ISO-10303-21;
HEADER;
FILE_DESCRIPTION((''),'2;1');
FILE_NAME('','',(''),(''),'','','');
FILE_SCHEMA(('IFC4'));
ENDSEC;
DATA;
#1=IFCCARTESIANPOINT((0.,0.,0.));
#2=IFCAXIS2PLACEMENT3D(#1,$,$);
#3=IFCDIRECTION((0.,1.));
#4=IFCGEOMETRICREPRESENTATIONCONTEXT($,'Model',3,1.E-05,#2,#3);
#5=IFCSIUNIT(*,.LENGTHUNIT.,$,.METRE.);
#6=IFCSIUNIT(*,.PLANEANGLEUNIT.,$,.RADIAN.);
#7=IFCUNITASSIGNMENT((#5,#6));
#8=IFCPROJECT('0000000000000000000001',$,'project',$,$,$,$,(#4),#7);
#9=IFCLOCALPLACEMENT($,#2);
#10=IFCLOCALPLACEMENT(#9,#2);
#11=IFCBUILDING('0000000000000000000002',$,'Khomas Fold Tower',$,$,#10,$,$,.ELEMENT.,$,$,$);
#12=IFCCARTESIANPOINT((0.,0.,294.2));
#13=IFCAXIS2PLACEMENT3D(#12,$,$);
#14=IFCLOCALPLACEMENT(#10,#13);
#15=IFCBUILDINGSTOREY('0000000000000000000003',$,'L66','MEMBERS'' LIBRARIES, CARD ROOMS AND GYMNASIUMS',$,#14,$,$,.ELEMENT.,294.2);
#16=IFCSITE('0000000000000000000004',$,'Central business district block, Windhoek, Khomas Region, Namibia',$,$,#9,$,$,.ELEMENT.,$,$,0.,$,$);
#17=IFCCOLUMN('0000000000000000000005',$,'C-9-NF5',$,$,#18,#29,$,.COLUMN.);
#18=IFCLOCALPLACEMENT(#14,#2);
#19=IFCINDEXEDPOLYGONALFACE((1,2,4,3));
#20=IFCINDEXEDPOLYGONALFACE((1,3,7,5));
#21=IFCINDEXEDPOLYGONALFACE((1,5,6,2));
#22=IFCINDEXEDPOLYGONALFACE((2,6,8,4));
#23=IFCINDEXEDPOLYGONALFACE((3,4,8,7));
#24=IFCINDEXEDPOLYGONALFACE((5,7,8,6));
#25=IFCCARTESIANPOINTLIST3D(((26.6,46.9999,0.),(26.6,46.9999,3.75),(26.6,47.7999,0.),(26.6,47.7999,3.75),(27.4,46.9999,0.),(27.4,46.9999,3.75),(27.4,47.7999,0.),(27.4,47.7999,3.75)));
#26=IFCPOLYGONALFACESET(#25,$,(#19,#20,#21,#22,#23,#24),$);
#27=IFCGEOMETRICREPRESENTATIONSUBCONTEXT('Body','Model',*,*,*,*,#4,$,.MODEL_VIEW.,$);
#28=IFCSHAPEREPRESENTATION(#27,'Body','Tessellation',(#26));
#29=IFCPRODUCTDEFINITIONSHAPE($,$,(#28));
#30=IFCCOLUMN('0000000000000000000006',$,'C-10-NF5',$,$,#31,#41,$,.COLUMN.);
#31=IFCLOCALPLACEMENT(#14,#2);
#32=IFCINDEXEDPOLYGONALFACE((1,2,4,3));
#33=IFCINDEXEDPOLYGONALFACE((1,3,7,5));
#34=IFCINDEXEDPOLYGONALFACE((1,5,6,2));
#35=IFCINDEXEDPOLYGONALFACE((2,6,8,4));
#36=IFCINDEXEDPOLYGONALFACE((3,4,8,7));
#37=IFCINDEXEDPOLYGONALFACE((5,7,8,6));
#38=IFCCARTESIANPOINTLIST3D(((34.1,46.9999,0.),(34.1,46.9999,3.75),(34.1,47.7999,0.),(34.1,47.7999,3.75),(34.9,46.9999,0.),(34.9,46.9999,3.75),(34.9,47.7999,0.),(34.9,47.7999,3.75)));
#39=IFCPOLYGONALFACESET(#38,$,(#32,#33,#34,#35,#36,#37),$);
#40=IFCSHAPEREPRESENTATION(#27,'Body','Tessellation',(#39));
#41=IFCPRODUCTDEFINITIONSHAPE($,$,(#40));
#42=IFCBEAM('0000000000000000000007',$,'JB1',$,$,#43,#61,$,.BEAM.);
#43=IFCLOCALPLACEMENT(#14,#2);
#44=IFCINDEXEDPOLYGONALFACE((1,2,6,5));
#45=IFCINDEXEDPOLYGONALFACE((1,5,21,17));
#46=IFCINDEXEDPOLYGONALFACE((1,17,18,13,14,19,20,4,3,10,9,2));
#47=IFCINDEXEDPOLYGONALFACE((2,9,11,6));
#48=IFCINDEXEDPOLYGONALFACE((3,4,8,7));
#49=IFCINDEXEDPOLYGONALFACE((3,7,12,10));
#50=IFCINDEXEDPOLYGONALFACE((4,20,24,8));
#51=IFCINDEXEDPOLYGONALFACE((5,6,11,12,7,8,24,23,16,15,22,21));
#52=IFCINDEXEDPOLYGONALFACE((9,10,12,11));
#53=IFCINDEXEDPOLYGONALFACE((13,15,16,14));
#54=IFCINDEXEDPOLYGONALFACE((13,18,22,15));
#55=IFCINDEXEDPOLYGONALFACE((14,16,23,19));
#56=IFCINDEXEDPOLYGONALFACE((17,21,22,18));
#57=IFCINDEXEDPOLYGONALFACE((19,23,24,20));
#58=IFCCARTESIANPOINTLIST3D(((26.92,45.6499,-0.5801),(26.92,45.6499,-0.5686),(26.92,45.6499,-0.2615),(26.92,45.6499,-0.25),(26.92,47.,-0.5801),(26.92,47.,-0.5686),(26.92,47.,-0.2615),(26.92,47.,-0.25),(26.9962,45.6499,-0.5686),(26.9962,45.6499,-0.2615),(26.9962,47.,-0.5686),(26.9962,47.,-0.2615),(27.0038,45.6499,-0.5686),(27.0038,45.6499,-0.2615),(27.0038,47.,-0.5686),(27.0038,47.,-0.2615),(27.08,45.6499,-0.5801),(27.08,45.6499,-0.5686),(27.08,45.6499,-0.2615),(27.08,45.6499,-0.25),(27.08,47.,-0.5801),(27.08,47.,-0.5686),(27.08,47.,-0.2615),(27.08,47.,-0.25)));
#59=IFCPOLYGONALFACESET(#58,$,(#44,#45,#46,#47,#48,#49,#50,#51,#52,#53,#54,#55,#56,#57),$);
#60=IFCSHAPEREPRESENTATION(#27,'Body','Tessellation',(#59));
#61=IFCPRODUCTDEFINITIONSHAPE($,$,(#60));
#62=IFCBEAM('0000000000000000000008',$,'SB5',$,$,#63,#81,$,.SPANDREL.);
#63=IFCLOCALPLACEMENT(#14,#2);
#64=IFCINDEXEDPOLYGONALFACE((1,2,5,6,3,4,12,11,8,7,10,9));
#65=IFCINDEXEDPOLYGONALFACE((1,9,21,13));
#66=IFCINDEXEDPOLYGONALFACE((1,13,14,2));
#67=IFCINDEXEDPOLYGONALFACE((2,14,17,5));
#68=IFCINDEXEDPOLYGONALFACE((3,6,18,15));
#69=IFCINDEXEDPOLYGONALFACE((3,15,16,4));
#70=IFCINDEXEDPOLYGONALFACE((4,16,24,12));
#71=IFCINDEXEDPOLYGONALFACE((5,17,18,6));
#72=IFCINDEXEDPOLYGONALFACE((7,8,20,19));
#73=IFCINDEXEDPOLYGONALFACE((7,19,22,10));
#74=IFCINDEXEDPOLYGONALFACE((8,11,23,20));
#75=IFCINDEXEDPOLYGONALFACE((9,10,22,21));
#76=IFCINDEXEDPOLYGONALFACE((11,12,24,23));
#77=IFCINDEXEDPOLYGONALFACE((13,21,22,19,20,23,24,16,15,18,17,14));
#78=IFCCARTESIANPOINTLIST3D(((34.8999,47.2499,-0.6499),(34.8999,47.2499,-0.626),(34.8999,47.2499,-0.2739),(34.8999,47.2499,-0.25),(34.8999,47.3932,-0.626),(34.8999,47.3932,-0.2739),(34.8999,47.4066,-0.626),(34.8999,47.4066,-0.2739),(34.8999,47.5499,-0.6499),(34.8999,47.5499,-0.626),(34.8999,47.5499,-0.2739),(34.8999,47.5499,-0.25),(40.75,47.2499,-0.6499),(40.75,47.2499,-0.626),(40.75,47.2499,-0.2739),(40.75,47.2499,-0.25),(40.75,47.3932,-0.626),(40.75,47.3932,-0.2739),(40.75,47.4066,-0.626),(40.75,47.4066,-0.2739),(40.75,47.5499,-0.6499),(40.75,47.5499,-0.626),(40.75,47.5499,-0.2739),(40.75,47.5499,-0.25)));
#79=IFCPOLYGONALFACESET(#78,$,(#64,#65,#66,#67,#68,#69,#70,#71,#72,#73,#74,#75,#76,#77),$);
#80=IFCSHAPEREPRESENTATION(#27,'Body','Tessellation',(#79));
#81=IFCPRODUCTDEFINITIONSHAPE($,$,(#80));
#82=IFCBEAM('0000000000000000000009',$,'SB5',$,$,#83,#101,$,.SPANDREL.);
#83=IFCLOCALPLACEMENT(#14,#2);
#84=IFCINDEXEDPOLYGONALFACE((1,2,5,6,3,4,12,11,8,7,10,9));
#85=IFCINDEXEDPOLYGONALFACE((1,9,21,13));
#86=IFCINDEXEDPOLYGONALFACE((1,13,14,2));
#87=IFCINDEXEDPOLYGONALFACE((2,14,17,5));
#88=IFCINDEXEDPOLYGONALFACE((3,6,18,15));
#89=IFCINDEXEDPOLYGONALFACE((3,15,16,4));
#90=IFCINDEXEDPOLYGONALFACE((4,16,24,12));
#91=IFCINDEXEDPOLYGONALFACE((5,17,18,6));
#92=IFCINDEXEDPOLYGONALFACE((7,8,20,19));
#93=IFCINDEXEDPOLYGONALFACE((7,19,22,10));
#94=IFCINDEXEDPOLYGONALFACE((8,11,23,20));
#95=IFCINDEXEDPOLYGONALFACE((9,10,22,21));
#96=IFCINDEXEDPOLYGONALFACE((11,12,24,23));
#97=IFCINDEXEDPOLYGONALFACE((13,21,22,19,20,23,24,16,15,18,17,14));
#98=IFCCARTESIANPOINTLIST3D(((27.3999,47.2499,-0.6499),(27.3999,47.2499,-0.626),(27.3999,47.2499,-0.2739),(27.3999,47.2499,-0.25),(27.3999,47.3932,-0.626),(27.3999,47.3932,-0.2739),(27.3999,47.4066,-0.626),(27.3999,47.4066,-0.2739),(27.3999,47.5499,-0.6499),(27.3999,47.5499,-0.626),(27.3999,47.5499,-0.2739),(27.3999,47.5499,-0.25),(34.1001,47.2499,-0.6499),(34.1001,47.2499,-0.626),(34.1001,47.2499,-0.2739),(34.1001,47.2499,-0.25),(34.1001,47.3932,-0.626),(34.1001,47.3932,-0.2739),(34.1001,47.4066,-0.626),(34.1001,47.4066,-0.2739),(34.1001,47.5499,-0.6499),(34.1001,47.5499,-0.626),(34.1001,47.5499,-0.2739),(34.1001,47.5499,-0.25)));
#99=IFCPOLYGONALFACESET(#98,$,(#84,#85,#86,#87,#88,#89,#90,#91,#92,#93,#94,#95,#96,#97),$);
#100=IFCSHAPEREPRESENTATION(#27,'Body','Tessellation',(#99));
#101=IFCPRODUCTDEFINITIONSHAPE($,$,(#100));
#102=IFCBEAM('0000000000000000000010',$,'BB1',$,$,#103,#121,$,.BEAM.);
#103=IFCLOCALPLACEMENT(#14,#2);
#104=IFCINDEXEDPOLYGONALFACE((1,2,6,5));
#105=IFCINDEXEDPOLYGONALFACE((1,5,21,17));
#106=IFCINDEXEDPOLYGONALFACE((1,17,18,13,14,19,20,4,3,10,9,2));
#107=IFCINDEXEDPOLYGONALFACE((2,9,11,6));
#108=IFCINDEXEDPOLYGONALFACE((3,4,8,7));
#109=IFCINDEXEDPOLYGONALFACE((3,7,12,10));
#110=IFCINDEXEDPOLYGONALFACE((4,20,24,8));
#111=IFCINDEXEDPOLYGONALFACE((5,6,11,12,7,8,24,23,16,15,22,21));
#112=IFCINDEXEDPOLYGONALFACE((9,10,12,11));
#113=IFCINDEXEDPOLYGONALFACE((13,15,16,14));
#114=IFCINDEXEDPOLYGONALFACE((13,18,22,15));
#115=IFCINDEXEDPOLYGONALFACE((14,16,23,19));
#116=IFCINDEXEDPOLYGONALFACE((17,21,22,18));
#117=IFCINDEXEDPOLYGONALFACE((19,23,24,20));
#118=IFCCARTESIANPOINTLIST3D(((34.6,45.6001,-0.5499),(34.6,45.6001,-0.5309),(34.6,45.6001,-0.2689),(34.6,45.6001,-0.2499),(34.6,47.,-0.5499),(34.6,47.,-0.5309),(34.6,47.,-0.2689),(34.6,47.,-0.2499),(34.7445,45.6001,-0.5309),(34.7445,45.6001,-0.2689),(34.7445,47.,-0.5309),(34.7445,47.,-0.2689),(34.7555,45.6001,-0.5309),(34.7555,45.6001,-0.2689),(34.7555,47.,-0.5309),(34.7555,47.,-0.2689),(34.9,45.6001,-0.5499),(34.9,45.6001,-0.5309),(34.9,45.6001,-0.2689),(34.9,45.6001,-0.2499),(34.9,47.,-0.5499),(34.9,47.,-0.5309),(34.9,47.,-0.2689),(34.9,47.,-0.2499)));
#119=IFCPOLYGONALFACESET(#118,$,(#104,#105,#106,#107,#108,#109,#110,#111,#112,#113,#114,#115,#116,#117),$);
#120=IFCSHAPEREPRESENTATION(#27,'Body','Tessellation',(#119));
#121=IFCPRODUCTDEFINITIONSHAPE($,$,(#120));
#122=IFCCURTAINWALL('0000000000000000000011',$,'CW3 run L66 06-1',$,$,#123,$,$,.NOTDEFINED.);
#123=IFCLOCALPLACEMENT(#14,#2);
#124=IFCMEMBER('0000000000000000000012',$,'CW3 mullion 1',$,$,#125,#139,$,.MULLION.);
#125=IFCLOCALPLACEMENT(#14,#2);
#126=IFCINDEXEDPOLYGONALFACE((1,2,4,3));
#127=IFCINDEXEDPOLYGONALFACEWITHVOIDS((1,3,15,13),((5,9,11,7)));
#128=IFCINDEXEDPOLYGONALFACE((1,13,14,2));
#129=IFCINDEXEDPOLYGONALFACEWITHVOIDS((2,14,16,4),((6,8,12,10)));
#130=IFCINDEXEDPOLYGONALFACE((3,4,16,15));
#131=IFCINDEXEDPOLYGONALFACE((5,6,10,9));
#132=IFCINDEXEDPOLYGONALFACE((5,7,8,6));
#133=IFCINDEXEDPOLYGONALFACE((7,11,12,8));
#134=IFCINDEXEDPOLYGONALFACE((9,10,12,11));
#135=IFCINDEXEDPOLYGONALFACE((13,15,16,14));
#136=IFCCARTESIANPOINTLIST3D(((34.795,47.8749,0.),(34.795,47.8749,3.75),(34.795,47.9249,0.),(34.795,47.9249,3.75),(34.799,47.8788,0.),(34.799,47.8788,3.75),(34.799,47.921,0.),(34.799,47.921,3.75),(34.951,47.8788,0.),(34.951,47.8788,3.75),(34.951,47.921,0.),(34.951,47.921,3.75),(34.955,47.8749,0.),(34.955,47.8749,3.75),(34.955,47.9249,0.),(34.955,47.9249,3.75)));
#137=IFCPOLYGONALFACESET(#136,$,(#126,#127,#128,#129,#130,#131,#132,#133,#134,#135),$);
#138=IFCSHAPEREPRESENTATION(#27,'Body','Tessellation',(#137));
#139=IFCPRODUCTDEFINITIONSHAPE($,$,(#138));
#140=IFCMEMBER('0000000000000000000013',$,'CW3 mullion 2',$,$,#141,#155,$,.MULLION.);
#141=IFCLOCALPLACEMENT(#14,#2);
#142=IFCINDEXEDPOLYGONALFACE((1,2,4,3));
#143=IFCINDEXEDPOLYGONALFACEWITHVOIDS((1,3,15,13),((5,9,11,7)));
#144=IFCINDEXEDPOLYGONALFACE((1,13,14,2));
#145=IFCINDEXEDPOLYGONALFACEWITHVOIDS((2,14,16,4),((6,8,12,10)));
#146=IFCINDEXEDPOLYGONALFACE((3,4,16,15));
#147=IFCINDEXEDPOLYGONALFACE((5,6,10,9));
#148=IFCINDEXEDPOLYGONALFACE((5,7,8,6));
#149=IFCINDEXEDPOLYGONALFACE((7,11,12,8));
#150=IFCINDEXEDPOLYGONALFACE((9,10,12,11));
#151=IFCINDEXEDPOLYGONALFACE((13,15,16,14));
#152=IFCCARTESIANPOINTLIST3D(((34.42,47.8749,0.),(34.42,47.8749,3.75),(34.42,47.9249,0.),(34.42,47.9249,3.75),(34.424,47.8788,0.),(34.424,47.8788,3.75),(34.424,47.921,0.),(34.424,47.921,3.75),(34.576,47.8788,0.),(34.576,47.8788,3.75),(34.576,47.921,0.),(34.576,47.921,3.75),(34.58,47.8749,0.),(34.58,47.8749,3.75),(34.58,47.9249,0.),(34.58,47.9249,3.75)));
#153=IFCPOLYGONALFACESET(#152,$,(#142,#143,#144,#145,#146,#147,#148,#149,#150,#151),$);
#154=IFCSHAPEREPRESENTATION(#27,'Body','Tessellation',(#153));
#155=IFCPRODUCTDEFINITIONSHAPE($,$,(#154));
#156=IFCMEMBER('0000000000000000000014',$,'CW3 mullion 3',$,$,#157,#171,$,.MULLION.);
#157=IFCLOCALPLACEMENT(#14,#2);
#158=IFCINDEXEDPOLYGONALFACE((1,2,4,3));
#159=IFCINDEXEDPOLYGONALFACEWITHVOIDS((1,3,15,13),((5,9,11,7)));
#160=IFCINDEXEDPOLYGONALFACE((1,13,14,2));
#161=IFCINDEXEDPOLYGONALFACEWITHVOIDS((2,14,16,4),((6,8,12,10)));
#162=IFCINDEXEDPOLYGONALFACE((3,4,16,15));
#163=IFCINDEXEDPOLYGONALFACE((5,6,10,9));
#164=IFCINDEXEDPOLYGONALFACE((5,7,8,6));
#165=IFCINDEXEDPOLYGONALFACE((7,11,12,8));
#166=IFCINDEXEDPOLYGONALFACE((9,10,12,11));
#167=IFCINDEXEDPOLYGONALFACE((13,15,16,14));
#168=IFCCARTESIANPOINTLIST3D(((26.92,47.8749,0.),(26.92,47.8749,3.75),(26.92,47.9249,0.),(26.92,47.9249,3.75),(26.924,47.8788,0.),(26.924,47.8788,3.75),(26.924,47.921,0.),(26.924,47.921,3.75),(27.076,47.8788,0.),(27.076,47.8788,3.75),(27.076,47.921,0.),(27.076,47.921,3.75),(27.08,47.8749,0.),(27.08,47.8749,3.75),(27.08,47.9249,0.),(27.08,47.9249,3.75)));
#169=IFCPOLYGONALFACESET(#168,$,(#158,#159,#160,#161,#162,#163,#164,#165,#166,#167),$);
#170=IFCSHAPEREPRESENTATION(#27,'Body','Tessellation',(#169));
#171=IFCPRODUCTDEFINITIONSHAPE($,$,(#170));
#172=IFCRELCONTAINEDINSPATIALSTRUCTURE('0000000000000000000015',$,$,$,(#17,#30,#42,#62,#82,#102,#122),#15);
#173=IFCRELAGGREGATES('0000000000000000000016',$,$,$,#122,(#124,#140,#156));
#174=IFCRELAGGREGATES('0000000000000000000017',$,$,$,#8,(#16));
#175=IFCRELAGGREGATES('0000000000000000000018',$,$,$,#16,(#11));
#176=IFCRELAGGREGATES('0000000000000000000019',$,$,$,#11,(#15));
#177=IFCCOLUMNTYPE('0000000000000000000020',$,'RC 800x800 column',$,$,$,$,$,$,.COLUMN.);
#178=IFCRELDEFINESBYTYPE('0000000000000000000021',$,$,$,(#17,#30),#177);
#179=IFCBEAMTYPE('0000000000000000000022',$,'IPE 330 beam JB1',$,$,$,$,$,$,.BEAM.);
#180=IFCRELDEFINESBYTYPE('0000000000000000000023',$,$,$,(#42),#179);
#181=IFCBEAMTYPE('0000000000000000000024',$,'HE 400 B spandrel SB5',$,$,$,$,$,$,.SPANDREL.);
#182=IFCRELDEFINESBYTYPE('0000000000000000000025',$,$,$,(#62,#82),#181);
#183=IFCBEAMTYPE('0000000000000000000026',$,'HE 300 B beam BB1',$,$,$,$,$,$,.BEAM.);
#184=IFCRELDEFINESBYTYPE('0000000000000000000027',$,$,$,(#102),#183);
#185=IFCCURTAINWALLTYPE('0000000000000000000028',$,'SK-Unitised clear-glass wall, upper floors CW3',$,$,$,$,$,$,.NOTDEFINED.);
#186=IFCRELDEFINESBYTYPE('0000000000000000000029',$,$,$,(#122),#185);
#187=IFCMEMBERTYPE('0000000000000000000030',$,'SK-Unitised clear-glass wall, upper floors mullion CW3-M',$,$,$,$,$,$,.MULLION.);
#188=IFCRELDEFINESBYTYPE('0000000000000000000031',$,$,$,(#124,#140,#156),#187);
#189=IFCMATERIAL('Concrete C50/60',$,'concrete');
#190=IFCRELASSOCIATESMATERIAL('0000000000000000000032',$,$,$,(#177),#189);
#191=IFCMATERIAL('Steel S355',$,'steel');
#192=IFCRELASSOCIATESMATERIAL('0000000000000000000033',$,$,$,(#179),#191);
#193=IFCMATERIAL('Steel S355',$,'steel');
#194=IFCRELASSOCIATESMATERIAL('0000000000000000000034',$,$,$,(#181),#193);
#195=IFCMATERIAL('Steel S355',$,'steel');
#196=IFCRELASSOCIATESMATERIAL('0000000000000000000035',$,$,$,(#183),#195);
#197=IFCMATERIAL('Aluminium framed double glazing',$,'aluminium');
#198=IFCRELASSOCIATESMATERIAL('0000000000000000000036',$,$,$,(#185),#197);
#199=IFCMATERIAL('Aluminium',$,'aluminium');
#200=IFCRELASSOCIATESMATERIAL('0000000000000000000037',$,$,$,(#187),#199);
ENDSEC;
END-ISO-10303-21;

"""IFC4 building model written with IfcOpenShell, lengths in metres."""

from ifc_helpers import new_model, si_unit, direction, frame, origin, origin_2d, place, context, subcontext, project, spatial, rectangle, hollow_rectangle, i_section, extrude, source, transform, mapped, material, material_profile, profile_set, type_object, element, aggregate, save


model = new_model("IFC4")

# Units and contexts
model_context = context("Model", 3, precision=1e-05, world=origin(), true_north=direction((0.0, 1.0)))
body_context = subcontext(model_context, "Body", "Model", "MODEL_VIEW")
ifc_project = project(units=[si_unit("LENGTHUNIT", "METRE"), si_unit("PLANEANGLEUNIT", "RADIAN")], contexts=[model_context])

# Site, building, storey
site_placement = place(None, origin())
site = spatial("IfcSite", under=ifc_project, at=site_placement, Name="Central business district block, Windhoek, Khomas Region, Namibia", CompositionType="ELEMENT", RefElevation=0.0)
building_placement = place(site_placement, origin())
building = spatial("IfcBuilding", under=site, at=building_placement, Name="Khomas Fold Tower", CompositionType="ELEMENT")
storey_placement = place(building_placement, frame((0.0, 0.0, 294.2)))
storey = spatial("IfcBuildingStorey", under=building, at=storey_placement, Name="L66", Description="MEMBERS' LIBRARIES, CARD ROOMS AND GYMNASIUMS", CompositionType="ELEMENT", Elevation=294.2)

# Columns
ifc_material_1 = material(Name="Concrete C50/60", Category="concrete")
ifc_material_profile_1 = material_profile(ifc_material_1, rectangle(XDim=0.8, YDim=0.8, at=origin_2d()), Name="RC 800x800")
ifc_profile_set_1 = profile_set([ifc_material_profile_1], Name="Concrete C50/60")
column_type = type_object("IfcColumnType", Name="RC 800x800 column", PredefinedType="COLUMN", material=ifc_profile_set_1)
shared_shape_1 = source(origin(), body_context, "Body", "SweptSolid", [
    extrude(rectangle(XDim=0.8, YDim=0.8, at=origin_2d()), origin(), (0.0, 0.0, 1.0), 3.75),
])
for number, where, z_axis, x_axis, name in (
    (1, (27.0, 47.3999, 0.0), (0.0, 0.0, 1.0), (1.0, 0.0, 0.0), "C-9-NF5"),
    (2, (34.5, 47.3999, 0.0), (0.0, 0.0, 1.0), (1.0, 0.0, 0.0), "C-10-NF5"),
):
    element("IfcColumn", number, at=place(storey_placement, frame(where, z_axis=z_axis, x_axis=x_axis)), inside=storey, type_object=column_type, Name=name, PredefinedType="COLUMN", context=body_context, shape_type="MappedRepresentation", body=[
        mapped(shared_shape_1, transform((0.0, 0.0, 0.0))),
    ])

# Beams
ifc_material_2 = material(Name="Steel S355", Category="steel")
ifc_material_profile_2 = material_profile(ifc_material_2, i_section(OverallWidth=0.1599, OverallDepth=0.3301, WebThickness=0.0076, FlangeThickness=0.0115, at=origin_2d()), Name="IPE 330")
ifc_profile_set_2 = profile_set([ifc_material_profile_2], Name="Steel S355")
beam_type_1 = type_object("IfcBeamType", Name="IPE 330 beam JB1", PredefinedType="BEAM", material=ifc_profile_set_2)
shared_shape_2 = source(origin(), body_context, "Body", "SweptSolid", [
    extrude(i_section(OverallWidth=0.1599, OverallDepth=0.3301, WebThickness=0.0076, FlangeThickness=0.0115, at=origin_2d()), origin(), (0.0, 0.0, 1.0), 1.3501),
])
beam_1_placement = place(storey_placement, frame((27.0, 45.6499, -0.415), z_axis=(0.0, 1.0, 0.0), x_axis=(-1.0, 0.0, 0.0)))
element("IfcBeam", 3, at=beam_1_placement, inside=storey, type_object=beam_type_1, Name="JB1", PredefinedType="BEAM", context=body_context, shape_type="MappedRepresentation", body=[
    mapped(shared_shape_2, transform((0.0, 0.0, 0.0))),
])
ifc_material_3 = material(Name="Steel S355", Category="steel")
ifc_material_profile_3 = material_profile(ifc_material_3, i_section(OverallWidth=0.3, OverallDepth=0.3999, WebThickness=0.0134, FlangeThickness=0.0239, at=origin_2d()), Name="HE 400 B")
ifc_profile_set_3 = profile_set([ifc_material_profile_3], Name="Steel S355")
beam_type_2 = type_object("IfcBeamType", Name="HE 400 B spandrel SB5", PredefinedType="SPANDREL", material=ifc_profile_set_3)
shared_shape_3 = source(origin(), body_context, "Body", "SweptSolid", [
    extrude(i_section(OverallWidth=0.3, OverallDepth=0.3999, WebThickness=0.0134, FlangeThickness=0.0239, at=origin_2d()), origin(), (0.0, 0.0, 1.0), 5.8501),
])
beam_2_placement = place(storey_placement, frame((34.8999, 47.3999, -0.45), z_axis=(1.0, 0.0, 0.0), x_axis=(0.0, 1.0, 0.0)))
element("IfcBeam", 4, at=beam_2_placement, inside=storey, type_object=beam_type_2, Name="SB5", PredefinedType="SPANDREL", context=body_context, shape_type="MappedRepresentation", body=[
    mapped(shared_shape_3, transform((0.0, 0.0, 0.0))),
])
shared_shape_4 = source(origin(), body_context, "Body", "SweptSolid", [
    extrude(i_section(OverallWidth=0.3, OverallDepth=0.3999, WebThickness=0.0134, FlangeThickness=0.0239, at=origin_2d()), origin(), (0.0, 0.0, 1.0), 6.7002),
])
beam_3_placement = place(storey_placement, frame((27.3999, 47.3999, -0.45), z_axis=(1.0, 0.0, 0.0), x_axis=(0.0, 1.0, 0.0)))
element("IfcBeam", 5, at=beam_3_placement, inside=storey, type_object=beam_type_2, Name="SB5", PredefinedType="SPANDREL", context=body_context, shape_type="MappedRepresentation", body=[
    mapped(shared_shape_4, transform((0.0, 0.0, 0.0))),
])
ifc_material_4 = material(Name="Steel S355", Category="steel")
ifc_material_profile_4 = material_profile(ifc_material_4, i_section(OverallWidth=0.3, OverallDepth=0.3, WebThickness=0.011, FlangeThickness=0.019, at=origin_2d()), Name="HE 300 B")
ifc_profile_set_4 = profile_set([ifc_material_profile_4], Name="Steel S355")
beam_type_3 = type_object("IfcBeamType", Name="HE 300 B beam BB1", PredefinedType="BEAM", material=ifc_profile_set_4)
shared_shape_5 = source(origin(), body_context, "Body", "SweptSolid", [
    extrude(i_section(OverallWidth=0.3, OverallDepth=0.3, WebThickness=0.011, FlangeThickness=0.019, at=origin_2d()), origin(), (0.0, 0.0, 1.0), 1.3999),
])
beam_4_placement = place(storey_placement, frame((34.75, 45.6001, -0.3999), z_axis=(0.0, 1.0, 0.0), x_axis=(-1.0, 0.0, 0.0)))
element("IfcBeam", 6, at=beam_4_placement, inside=storey, type_object=beam_type_3, Name="BB1", PredefinedType="BEAM", context=body_context, shape_type="MappedRepresentation", body=[
    mapped(shared_shape_5, transform((0.0, 0.0, 0.0))),
])

# Curtain wall, members
ifc_material_5 = material(Name="Aluminium framed double glazing", Category="aluminium")
curtain_wall_type = type_object("IfcCurtainWallType", Name="SK-Unitised clear-glass wall, upper floors CW3", PredefinedType="NOTDEFINED", material=ifc_material_5)
curtain_wall_placement = place(storey_placement, origin())
curtain_wall = element("IfcCurtainWall", 7, at=curtain_wall_placement, inside=storey, type_object=curtain_wall_type, Name="CW3 run L66 06-1", PredefinedType="NOTDEFINED")
ifc_material_6 = material(Name="Aluminium", Category="aluminium")
ifc_material_profile_5 = material_profile(ifc_material_6, hollow_rectangle(XDim=0.05, YDim=0.1599, WallThickness=0.0039, at=origin_2d()), Name="SK-Unitised clear-glass wall, upper floors mullion CW3-M")
ifc_profile_set_5 = profile_set([ifc_material_profile_5], Name="Aluminium")
member_type_1 = type_object("IfcMemberType", Name="SK-Unitised clear-glass wall, upper floors mullion CW3-M", PredefinedType="MULLION", material=ifc_profile_set_5)
shared_shape_6 = source(origin(), body_context, "Body", "SweptSolid", [
    extrude(hollow_rectangle(XDim=0.05, YDim=0.1599, WallThickness=0.0039, at=origin_2d()), origin(), (0.0, 0.0, 1.0), 3.75),
])
member_1_placement = place(storey_placement, frame((34.875, 47.8999, 0.0), z_axis=(0.0, 0.0, 1.0), x_axis=(0.0, -1.0, 0.0)))
member_1 = element("IfcMember", 8, at=member_1_placement, type_object=member_type_1, Name="CW3 mullion 1", PredefinedType="MULLION", context=body_context, shape_type="MappedRepresentation", body=[
    mapped(shared_shape_6, transform((0.0, 0.0, 0.0))),
])
member_2_placement = place(storey_placement, frame((34.5, 47.8999, 0.0), z_axis=(0.0, 0.0, 1.0), x_axis=(0.0, -1.0, 0.0)))
member_2 = element("IfcMember", 9, at=member_2_placement, type_object=member_type_1, Name="CW3 mullion 2", PredefinedType="MULLION", context=body_context, shape_type="MappedRepresentation", body=[
    mapped(shared_shape_6, transform((0.0, 0.0, 0.0))),
])
member_3_placement = place(storey_placement, frame((27.0, 47.8999, 0.0), z_axis=(0.0, 0.0, 1.0), x_axis=(0.0, -1.0, 0.0)))
member_3 = element("IfcMember", 10, at=member_3_placement, type_object=member_type_1, Name="CW3 mullion 3", PredefinedType="MULLION", context=body_context, shape_type="MappedRepresentation", body=[
    mapped(shared_shape_6, transform((0.0, 0.0, 0.0))),
])

aggregate(curtain_wall, [member_1, member_2, member_3])

save(model, "model.ifc")
